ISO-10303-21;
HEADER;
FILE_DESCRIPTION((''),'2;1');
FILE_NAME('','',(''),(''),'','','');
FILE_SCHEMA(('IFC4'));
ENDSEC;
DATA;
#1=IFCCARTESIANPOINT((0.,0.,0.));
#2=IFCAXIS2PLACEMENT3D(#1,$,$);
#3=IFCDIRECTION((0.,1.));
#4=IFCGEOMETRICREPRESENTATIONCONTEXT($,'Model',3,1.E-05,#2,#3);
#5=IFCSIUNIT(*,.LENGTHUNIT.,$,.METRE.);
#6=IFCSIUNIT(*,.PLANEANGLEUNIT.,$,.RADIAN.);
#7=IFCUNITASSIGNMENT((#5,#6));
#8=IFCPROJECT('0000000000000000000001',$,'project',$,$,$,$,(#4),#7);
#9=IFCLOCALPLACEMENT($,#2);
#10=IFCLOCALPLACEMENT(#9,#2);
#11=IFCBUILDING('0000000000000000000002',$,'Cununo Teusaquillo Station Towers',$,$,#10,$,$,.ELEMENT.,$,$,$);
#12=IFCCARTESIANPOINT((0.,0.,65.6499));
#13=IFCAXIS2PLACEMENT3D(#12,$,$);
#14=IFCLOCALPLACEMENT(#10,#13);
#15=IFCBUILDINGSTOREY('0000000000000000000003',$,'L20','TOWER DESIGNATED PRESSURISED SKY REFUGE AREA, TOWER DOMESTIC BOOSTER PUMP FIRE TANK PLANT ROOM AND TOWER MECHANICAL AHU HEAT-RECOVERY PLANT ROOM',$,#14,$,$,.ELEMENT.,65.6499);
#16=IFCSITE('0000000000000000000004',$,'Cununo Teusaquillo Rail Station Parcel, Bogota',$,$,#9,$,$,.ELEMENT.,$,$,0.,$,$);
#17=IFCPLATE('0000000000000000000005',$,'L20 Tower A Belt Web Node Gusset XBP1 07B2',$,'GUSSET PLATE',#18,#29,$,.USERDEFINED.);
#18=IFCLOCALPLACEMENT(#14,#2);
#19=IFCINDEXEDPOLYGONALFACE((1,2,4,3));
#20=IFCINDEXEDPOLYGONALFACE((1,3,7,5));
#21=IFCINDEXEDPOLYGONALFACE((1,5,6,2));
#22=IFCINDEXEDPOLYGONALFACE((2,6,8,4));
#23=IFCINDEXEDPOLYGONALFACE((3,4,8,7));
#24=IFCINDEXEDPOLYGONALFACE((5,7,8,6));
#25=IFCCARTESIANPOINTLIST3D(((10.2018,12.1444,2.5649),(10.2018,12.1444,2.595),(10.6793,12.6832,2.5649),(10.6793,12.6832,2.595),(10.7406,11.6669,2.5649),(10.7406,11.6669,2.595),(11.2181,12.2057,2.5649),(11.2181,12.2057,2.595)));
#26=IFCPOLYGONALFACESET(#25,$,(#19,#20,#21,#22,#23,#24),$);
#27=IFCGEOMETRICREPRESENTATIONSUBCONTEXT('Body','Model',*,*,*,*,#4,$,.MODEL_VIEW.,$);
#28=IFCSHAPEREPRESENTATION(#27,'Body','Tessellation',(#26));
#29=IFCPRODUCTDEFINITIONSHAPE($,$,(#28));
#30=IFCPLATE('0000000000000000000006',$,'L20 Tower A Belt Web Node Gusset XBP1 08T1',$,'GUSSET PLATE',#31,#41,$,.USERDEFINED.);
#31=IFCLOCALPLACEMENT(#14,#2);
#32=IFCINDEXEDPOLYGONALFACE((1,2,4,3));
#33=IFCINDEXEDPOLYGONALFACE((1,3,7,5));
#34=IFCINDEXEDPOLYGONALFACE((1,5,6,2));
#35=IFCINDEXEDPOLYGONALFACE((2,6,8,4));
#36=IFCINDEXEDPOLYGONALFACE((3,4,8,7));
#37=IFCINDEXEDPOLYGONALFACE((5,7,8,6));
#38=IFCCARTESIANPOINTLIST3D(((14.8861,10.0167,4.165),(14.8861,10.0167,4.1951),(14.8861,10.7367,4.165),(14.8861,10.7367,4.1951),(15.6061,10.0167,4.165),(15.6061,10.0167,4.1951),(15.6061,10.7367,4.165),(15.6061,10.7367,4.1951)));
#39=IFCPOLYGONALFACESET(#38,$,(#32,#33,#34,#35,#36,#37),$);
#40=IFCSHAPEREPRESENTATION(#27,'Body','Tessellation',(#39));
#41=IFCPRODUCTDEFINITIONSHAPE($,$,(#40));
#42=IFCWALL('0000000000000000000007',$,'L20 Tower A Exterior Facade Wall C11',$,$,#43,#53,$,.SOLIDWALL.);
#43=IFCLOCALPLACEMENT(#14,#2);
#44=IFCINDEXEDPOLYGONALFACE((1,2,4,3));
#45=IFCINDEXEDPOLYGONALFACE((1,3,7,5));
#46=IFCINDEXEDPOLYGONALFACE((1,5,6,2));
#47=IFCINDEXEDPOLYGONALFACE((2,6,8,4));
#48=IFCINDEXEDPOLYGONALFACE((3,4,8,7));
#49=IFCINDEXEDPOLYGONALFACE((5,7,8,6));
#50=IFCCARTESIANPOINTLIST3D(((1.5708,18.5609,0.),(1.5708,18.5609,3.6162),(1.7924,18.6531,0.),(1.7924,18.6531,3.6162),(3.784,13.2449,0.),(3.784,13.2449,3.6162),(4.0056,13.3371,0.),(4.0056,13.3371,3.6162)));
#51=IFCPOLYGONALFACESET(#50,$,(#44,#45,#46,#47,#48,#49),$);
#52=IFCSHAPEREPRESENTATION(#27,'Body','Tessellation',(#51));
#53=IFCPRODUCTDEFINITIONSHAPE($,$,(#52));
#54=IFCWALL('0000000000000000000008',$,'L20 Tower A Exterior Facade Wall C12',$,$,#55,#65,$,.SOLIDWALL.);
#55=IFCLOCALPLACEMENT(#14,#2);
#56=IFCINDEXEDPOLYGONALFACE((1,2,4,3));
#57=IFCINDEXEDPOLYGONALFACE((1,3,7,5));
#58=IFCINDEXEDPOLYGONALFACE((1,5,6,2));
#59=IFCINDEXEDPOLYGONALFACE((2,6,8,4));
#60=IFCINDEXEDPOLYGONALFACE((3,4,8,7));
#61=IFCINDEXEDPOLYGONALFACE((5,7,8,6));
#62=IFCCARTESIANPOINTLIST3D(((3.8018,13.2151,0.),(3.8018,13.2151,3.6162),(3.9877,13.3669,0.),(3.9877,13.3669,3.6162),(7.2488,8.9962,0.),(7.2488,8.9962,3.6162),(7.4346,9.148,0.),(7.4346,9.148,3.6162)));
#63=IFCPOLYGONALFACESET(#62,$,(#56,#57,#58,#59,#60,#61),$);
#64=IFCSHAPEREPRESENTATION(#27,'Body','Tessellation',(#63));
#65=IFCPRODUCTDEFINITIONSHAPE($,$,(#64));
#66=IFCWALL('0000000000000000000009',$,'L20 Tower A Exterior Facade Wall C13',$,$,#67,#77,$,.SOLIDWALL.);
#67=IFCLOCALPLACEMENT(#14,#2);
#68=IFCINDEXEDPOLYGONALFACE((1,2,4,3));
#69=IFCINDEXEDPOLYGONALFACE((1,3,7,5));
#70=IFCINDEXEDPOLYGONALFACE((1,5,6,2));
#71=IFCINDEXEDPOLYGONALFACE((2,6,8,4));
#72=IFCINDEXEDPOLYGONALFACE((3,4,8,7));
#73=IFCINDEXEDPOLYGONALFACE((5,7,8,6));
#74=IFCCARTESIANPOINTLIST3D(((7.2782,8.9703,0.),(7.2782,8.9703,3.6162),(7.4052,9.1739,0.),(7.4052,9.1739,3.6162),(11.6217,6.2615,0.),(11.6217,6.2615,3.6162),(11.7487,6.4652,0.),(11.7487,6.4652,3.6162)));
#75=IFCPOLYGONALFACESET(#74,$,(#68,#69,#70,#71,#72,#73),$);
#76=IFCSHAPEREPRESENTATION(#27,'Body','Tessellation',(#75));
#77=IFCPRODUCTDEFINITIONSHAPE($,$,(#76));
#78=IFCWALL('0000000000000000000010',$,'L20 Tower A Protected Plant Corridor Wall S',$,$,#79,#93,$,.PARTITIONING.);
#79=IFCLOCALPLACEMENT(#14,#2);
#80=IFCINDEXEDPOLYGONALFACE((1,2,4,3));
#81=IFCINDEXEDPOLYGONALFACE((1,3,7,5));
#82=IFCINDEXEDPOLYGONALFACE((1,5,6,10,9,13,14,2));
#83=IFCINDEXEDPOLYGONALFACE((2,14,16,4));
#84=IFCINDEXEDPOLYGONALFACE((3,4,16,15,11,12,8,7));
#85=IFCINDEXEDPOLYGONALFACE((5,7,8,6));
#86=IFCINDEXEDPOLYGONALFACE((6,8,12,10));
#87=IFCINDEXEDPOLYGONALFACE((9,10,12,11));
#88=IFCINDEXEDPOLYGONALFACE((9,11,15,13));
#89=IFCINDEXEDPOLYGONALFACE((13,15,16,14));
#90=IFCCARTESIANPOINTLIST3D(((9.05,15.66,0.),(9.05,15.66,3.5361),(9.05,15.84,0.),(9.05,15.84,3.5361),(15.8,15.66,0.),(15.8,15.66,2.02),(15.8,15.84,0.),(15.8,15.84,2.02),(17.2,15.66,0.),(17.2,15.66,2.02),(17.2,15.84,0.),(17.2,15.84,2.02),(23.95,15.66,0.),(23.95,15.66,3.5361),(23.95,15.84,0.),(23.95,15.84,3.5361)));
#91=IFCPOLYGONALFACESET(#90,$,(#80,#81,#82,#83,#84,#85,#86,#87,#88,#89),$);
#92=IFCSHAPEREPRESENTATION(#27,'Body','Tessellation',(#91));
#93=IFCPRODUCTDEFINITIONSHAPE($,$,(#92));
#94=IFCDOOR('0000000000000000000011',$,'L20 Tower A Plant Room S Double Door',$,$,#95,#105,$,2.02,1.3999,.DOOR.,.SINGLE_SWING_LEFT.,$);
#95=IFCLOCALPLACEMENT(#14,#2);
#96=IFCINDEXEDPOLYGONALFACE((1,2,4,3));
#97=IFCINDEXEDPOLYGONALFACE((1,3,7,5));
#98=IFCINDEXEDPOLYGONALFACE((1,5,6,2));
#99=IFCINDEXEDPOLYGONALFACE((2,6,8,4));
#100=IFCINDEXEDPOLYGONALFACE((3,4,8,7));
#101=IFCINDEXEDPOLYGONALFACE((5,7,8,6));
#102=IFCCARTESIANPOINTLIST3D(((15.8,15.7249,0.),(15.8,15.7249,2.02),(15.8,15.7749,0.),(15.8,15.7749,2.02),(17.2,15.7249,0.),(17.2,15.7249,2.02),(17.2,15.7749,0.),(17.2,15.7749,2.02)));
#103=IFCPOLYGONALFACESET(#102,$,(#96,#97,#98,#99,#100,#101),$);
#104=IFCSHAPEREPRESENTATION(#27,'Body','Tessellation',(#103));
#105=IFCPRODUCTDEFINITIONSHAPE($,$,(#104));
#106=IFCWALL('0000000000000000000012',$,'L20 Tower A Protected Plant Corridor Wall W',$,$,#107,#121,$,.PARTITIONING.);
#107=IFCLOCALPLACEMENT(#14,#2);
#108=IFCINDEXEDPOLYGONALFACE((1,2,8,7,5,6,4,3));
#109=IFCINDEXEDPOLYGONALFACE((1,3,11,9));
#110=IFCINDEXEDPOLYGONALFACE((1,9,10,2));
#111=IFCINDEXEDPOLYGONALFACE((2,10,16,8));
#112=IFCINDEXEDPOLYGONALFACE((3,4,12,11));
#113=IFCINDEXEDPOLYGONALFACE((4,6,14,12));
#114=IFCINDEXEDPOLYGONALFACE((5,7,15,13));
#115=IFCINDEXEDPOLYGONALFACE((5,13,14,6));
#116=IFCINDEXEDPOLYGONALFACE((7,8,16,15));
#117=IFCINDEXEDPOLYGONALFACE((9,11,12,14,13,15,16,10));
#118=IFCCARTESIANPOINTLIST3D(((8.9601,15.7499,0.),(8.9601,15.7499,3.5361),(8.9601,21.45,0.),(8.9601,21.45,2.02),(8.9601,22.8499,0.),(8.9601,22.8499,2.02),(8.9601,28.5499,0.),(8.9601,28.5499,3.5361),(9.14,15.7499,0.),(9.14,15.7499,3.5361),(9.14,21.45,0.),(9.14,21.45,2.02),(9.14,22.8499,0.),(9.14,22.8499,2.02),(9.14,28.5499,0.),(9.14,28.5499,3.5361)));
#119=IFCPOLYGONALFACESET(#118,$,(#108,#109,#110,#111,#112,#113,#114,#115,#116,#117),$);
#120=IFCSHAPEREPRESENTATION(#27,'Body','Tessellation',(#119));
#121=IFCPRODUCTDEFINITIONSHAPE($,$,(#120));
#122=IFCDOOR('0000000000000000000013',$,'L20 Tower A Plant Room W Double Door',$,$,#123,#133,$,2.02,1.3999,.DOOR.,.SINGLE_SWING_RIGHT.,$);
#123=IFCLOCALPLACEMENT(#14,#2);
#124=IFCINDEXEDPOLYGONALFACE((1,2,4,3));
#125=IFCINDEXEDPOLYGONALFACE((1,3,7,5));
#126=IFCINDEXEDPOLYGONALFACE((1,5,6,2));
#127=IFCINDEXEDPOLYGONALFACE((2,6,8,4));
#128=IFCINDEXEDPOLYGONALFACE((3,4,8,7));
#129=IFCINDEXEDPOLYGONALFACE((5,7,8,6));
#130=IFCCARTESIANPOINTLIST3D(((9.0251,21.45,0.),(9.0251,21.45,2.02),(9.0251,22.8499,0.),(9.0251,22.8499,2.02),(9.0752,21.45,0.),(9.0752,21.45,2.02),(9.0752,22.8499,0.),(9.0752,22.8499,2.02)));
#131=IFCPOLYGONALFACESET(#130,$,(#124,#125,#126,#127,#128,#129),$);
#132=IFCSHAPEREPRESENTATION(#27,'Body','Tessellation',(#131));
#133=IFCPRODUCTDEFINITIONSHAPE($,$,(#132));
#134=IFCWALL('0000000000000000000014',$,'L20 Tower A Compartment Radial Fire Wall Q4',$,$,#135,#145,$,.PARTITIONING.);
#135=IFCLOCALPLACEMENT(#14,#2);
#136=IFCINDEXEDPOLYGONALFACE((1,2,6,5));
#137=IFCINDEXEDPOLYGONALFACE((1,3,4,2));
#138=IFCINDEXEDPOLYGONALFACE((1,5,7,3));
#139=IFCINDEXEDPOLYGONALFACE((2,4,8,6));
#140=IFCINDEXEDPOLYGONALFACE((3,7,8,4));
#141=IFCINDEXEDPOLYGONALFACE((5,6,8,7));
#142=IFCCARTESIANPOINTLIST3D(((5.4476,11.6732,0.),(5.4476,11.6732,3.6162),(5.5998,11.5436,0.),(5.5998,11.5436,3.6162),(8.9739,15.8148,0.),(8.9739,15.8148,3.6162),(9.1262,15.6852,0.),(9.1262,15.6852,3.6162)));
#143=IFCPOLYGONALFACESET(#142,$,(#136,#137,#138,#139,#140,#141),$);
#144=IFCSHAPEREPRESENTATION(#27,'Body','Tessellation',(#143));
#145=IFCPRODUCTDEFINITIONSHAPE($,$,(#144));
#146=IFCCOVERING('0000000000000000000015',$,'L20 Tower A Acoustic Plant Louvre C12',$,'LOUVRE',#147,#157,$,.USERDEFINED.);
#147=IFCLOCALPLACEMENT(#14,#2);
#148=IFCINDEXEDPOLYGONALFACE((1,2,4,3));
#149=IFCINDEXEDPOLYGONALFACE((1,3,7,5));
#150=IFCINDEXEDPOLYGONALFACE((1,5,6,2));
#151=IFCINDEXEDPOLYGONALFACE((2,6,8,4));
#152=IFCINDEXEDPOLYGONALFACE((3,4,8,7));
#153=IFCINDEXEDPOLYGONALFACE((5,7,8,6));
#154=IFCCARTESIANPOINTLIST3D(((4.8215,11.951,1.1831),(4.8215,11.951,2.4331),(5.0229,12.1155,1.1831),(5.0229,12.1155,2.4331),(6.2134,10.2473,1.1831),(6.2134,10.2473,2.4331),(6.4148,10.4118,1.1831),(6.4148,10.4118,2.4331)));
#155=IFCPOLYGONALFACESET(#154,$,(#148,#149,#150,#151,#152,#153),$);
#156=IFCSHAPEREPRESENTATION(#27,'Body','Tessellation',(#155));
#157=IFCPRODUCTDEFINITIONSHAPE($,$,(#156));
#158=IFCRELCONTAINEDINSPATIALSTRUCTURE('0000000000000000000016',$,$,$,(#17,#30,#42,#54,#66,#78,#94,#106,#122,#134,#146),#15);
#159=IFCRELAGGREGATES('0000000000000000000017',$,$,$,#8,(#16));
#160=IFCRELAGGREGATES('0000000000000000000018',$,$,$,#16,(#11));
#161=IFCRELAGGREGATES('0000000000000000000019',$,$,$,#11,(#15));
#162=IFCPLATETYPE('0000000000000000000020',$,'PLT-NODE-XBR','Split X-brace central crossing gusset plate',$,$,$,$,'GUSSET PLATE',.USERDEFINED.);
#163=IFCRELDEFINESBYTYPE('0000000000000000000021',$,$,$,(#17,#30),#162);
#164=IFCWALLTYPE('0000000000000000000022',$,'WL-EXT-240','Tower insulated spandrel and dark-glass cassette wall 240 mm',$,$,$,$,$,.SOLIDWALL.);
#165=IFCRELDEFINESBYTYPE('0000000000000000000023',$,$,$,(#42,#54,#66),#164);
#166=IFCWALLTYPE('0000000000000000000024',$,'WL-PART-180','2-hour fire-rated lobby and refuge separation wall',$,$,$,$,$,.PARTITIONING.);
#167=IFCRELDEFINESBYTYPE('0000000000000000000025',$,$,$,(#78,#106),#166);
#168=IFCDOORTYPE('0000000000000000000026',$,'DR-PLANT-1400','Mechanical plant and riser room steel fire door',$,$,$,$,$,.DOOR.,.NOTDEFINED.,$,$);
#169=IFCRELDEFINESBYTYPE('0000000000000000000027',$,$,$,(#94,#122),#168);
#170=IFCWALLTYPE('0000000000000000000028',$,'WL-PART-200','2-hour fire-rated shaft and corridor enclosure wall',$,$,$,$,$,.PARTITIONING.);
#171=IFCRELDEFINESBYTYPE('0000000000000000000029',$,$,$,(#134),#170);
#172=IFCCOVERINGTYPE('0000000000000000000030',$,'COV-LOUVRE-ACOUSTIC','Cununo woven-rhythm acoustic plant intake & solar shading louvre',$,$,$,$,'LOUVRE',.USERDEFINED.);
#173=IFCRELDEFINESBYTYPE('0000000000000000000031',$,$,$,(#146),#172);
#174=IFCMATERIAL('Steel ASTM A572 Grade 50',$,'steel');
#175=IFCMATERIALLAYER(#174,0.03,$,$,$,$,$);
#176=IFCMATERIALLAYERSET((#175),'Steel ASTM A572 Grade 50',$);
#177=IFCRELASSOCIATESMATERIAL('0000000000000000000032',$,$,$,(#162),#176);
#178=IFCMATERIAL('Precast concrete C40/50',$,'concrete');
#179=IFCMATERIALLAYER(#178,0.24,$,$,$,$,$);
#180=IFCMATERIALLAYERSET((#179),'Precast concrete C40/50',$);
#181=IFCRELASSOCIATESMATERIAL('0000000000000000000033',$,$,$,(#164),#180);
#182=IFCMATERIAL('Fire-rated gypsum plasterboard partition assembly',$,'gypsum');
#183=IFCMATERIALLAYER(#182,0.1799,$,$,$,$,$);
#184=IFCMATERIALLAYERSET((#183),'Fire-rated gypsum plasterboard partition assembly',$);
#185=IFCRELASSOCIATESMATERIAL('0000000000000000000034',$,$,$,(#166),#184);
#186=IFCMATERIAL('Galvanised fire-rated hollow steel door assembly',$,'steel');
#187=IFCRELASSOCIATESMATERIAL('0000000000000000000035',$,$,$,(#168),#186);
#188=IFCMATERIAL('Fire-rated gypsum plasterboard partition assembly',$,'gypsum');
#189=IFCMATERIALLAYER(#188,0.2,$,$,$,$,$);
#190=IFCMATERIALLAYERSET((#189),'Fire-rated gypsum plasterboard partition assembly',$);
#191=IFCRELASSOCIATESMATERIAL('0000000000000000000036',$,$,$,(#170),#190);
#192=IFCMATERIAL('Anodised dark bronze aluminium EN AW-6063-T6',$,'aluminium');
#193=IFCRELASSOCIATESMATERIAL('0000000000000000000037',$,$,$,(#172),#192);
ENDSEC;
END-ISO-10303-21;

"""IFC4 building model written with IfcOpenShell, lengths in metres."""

from ifc_helpers import new_model, si_unit, direction, frame, frame_2d, origin, origin_2d, place, context, subcontext, project, spatial, rectangle, extrude, source, transform, mapped, material, layer, layer_set, type_object, element, fill, save


model = new_model("IFC4")

# Units and contexts
model_context = context("Model", 3, precision=1e-05, world=origin(), true_north=direction((0.0, 1.0)))
body_context = subcontext(model_context, "Body", "Model", "MODEL_VIEW")
ifc_project = project(units=[si_unit("LENGTHUNIT", "METRE"), si_unit("PLANEANGLEUNIT", "RADIAN")], contexts=[model_context])

# Site, building, storey
site_placement = place(None, origin())
site = spatial("IfcSite", under=ifc_project, at=site_placement, Name="Cununo Teusaquillo Rail Station Parcel, Bogota", CompositionType="ELEMENT", RefElevation=0.0)
building_placement = place(site_placement, origin())
building = spatial("IfcBuilding", under=site, at=building_placement, Name="Cununo Teusaquillo Station Towers", CompositionType="ELEMENT")
storey_placement = place(building_placement, frame((0.0, 0.0, 65.6499)))
storey = spatial("IfcBuildingStorey", under=building, at=storey_placement, Name="L20", Description="TOWER DESIGNATED PRESSURISED SKY REFUGE AREA, TOWER DOMESTIC BOOSTER PUMP FIRE TANK PLANT ROOM AND TOWER MECHANICAL AHU HEAT-RECOVERY PLANT ROOM", CompositionType="ELEMENT", Elevation=65.6499)

# Plates
ifc_material_1 = material(Name="Steel ASTM A572 Grade 50", Category="steel")
ifc_layer_1 = layer(ifc_material_1, 0.03)
ifc_layer_set_1 = layer_set([ifc_layer_1], Name="Steel ASTM A572 Grade 50")
plate_type_1 = type_object("IfcPlateType", Name="PLT-NODE-XBR", Description="Split X-brace central crossing gusset plate", ElementType="GUSSET PLATE", PredefinedType="USERDEFINED", material=ifc_layer_set_1)
shared_shape_1 = source(origin(), body_context, "Body", "SweptSolid", [
    extrude(rectangle(XDim=0.72, YDim=0.72, at=origin_2d()), origin(), (0.0, 0.0, 1.0), 0.03),
])
for number, where, z_axis, x_axis, name in (
    (1, (10.71, 12.175, 2.5649), (0.0, 0.0, 1.0), (0.748377, -0.663273, 0.0), "L20 Tower A Belt Web Node Gusset XBP1 07B2"),
    (2, (15.2461, 10.3767, 4.165), (0.0, 0.0, 1.0), (1.0, 0.0, 0.0), "L20 Tower A Belt Web Node Gusset XBP1 08T1"),
):
    element("IfcPlate", number, at=place(storey_placement, frame(where, z_axis=z_axis, x_axis=x_axis)), inside=storey, type_object=plate_type_1, Name=name, ObjectType="GUSSET PLATE", PredefinedType="USERDEFINED", context=body_context, shape_type="MappedRepresentation", body=[
        mapped(shared_shape_1, transform((0.0, 0.0, 0.0), x_axis=(1.0, 0.0, 0.0), y_axis=(0.0, 1.0, 0.0), z_axis=(0.0, 0.0, 1.0), scale=1.0)),
    ])

# Walls
ifc_material_2 = material(Name="Precast concrete C40/50", Category="concrete")
ifc_layer_2 = layer(ifc_material_2, 0.24)
ifc_layer_set_2 = layer_set([ifc_layer_2], Name="Precast concrete C40/50")
wall_type_1 = type_object("IfcWallType", Name="WL-EXT-240", Description="Tower insulated spandrel and dark-glass cassette wall 240 mm", PredefinedType="SOLIDWALL", material=ifc_layer_set_2)
wall_1_placement = place(storey_placement, frame((3.8948, 13.291, 0.0), z_axis=(0.0, 0.0, 1.0), x_axis=(-0.384344, 0.92319, 0.0)))
element("IfcWall", 3, at=wall_1_placement, inside=storey, type_object=wall_type_1, Name="L20 Tower A Exterior Facade Wall C11", PredefinedType="SOLIDWALL", context=body_context, shape_type="SweptSolid", body=[
    extrude(rectangle(XDim=5.7583, YDim=0.24, at=frame_2d((2.8792, 0.0))), origin(), (0.0, 0.0, 1.0), 3.6162),
])
wall_2_placement = place(storey_placement, frame((7.3418, 9.072, 0.0), z_axis=(0.0, 0.0, 1.0), x_axis=(-0.632701, 0.774396, 0.0)))
element("IfcWall", 4, at=wall_2_placement, inside=storey, type_object=wall_type_1, Name="L20 Tower A Exterior Facade Wall C12", PredefinedType="SOLIDWALL", context=body_context, shape_type="SweptSolid", body=[
    extrude(rectangle(XDim=5.448, YDim=0.24, at=frame_2d((2.7241, 0.0))), origin(), (0.0, 0.0, 1.0), 3.6162),
])
wall_3_placement = place(storey_placement, frame((11.6853, 6.3633, 0.0), z_axis=(0.0, 0.0, 1.0), x_axis=(-0.84852, 0.529163, 0.0)))
element("IfcWall", 5, at=wall_3_placement, inside=storey, type_object=wall_type_1, Name="L20 Tower A Exterior Facade Wall C13", PredefinedType="SOLIDWALL", context=body_context, shape_type="SweptSolid", body=[
    extrude(rectangle(XDim=5.1189, YDim=0.24, at=frame_2d((2.5596, 0.0))), origin(), (0.0, 0.0, 1.0), 3.6162),
])

# Walls, openings, doors
ifc_material_3 = material(Name="Fire-rated gypsum plasterboard partition assembly", Category="gypsum")
ifc_layer_3 = layer(ifc_material_3, 0.1799)
ifc_layer_set_3 = layer_set([ifc_layer_3], Name="Fire-rated gypsum plasterboard partition assembly")
wall_type_2 = type_object("IfcWallType", Name="WL-PART-180", Description="2-hour fire-rated lobby and refuge separation wall", PredefinedType="PARTITIONING", material=ifc_layer_set_3)
wall_4_placement = place(storey_placement, frame((9.05, 15.75, 0.0), z_axis=(0.0, 0.0, 1.0), x_axis=(1.0, 0.0, 0.0)))
wall_4 = element("IfcWall", 6, at=wall_4_placement, inside=storey, type_object=wall_type_2, Name="L20 Tower A Protected Plant Corridor Wall S", PredefinedType="PARTITIONING", context=body_context, shape_type="SweptSolid", body=[
    extrude(rectangle(XDim=14.8999, YDim=0.1799, at=frame_2d((7.45, 0.0))), origin(), (0.0, 0.0, 1.0), 3.5361),
])
shared_shape_2 = source(origin(), body_context, "Body", "SweptSolid", [
    extrude(rectangle(XDim=1.3999, YDim=2.02, at=frame_2d((0.7, 1.01))), frame((0.0, 0.0999, 0.0), z_axis=(0.0, -1.0, 0.0), x_axis=(1.0, 0.0, 0.0)), (0.0, 0.0, 1.0), 0.2),
])
opening_1_placement = place(wall_4_placement, frame((6.75, 0.0, 0.0)))
opening_1 = element("IfcOpeningElement", 7, at=opening_1_placement, cuts=wall_4, PredefinedType="OPENING", context=body_context, shape_type="MappedRepresentation", body=[
    mapped(shared_shape_2, transform((0.0, 0.0, 0.0), x_axis=(1.0, 0.0, 0.0), y_axis=(0.0, 1.0, 0.0), z_axis=(0.0, 0.0, 1.0), scale=1.0)),
])
ifc_material_4 = material(Name="Galvanised fire-rated hollow steel door assembly", Category="steel")
door_type = type_object("IfcDoorType", Name="DR-PLANT-1400", Description="Mechanical plant and riser room steel fire door", OperationType="NOTDEFINED", PredefinedType="DOOR", material=ifc_material_4)
shared_shape_3 = source(origin(), body_context, "Body", "SweptSolid", [
    extrude(rectangle(XDim=1.3999, YDim=2.02, at=frame_2d((0.7, 1.01))), frame((0.0, 0.0249, 0.0), z_axis=(0.0, -1.0, 0.0), x_axis=(1.0, 0.0, 0.0)), (0.0, 0.0, 1.0), 0.05),
])
door_1_placement = place(opening_1_placement, origin())
door_1 = element("IfcDoor", 8, at=door_1_placement, inside=storey, type_object=door_type, Name="L20 Tower A Plant Room S Double Door", OperationType="SINGLE_SWING_LEFT", OverallHeight=2.02, OverallWidth=1.3999, PredefinedType="DOOR", context=body_context, shape_type="MappedRepresentation", body=[
    mapped(shared_shape_3, transform((0.0, 0.0, 0.0), x_axis=(1.0, 0.0, 0.0), y_axis=(0.0, 1.0, 0.0), z_axis=(0.0, 0.0, 1.0), scale=1.0)),
])
fill(opening_1, door_1)
wall_5_placement = place(storey_placement, frame((9.05, 15.75, 0.0), z_axis=(0.0, 0.0, 1.0), x_axis=(0.0, 1.0, 0.0)))
wall_5 = element("IfcWall", 9, at=wall_5_placement, inside=storey, type_object=wall_type_2, Name="L20 Tower A Protected Plant Corridor Wall W", PredefinedType="PARTITIONING", context=body_context, shape_type="SweptSolid", body=[
    extrude(rectangle(XDim=12.8, YDim=0.1799, at=frame_2d((6.3999, 0.0))), origin(), (0.0, 0.0, 1.0), 3.5361),
])
opening_2_placement = place(wall_5_placement, frame((5.7, 0.0, 0.0)))
opening_2 = element("IfcOpeningElement", 10, at=opening_2_placement, cuts=wall_5, PredefinedType="OPENING", context=body_context, shape_type="MappedRepresentation", body=[
    mapped(shared_shape_2, transform((0.0, 0.0, 0.0), x_axis=(1.0, 0.0, 0.0), y_axis=(0.0, 1.0, 0.0), z_axis=(0.0, 0.0, 1.0), scale=1.0)),
])
door_2_placement = place(opening_2_placement, origin())
door_2 = element("IfcDoor", 11, at=door_2_placement, inside=storey, type_object=door_type, Name="L20 Tower A Plant Room W Double Door", OperationType="SINGLE_SWING_RIGHT", OverallHeight=2.02, OverallWidth=1.3999, PredefinedType="DOOR", context=body_context, shape_type="MappedRepresentation", body=[
    mapped(shared_shape_3, transform((0.0, 0.0, 0.0), x_axis=(1.0, 0.0, 0.0), y_axis=(0.0, 1.0, 0.0), z_axis=(0.0, 0.0, 1.0), scale=1.0)),
])
fill(opening_2, door_2)

# Wall
ifc_material_5 = material(Name="Fire-rated gypsum plasterboard partition assembly", Category="gypsum")
ifc_layer_4 = layer(ifc_material_5, 0.2)
ifc_layer_set_4 = layer_set([ifc_layer_4], Name="Fire-rated gypsum plasterboard partition assembly")
wall_type_3 = type_object("IfcWallType", Name="WL-PART-200", Description="2-hour fire-rated shaft and corridor enclosure wall", PredefinedType="PARTITIONING", material=ifc_layer_set_4)
wall_6_placement = place(storey_placement, frame((9.05, 15.75, 0.0), z_axis=(0.0, 0.0, 1.0), x_axis=(-0.648289, -0.761394, 0.0)))
element("IfcWall", 12, at=wall_6_placement, inside=storey, type_object=wall_type_3, Name="L20 Tower A Compartment Radial Fire Wall Q4", PredefinedType="PARTITIONING", context=body_context, shape_type="SweptSolid", body=[
    extrude(rectangle(XDim=5.4395, YDim=0.2, at=frame_2d((2.7197, 0.0))), origin(), (0.0, 0.0, 1.0), 3.6162),
])

# Covering
ifc_material_6 = material(Name="Anodised dark bronze aluminium EN AW-6063-T6", Category="aluminium")
covering_type = type_object("IfcCoveringType", Name="COV-LOUVRE-ACOUSTIC", Description="Cununo woven-rhythm acoustic plant intake & solar shading louvre", ElementType="LOUVRE", PredefinedType="USERDEFINED", material=ifc_material_6)
shared_shape_4 = source(origin(), body_context, "Body", "SweptSolid", [
    extrude(rectangle(XDim=2.2, YDim=0.26, at=origin_2d()), origin(), (0.0, 0.0, 1.0), 1.25),
])
covering_placement = place(storey_placement, frame((5.6182, 11.1814, 1.1831), z_axis=(0.0, 0.0, 1.0), x_axis=(-0.632705, 0.774393, 0.0)))
element("IfcCovering", 13, at=covering_placement, inside=storey, type_object=covering_type, Name="L20 Tower A Acoustic Plant Louvre C12", ObjectType="LOUVRE", PredefinedType="USERDEFINED", context=body_context, shape_type="MappedRepresentation", body=[
    mapped(shared_shape_4, transform((0.0, 0.0, 0.0), x_axis=(1.0, 0.0, 0.0), y_axis=(0.0, 1.0, 0.0), z_axis=(0.0, 0.0, 1.0), scale=1.0)),
])

save(model, "model.ifc")
